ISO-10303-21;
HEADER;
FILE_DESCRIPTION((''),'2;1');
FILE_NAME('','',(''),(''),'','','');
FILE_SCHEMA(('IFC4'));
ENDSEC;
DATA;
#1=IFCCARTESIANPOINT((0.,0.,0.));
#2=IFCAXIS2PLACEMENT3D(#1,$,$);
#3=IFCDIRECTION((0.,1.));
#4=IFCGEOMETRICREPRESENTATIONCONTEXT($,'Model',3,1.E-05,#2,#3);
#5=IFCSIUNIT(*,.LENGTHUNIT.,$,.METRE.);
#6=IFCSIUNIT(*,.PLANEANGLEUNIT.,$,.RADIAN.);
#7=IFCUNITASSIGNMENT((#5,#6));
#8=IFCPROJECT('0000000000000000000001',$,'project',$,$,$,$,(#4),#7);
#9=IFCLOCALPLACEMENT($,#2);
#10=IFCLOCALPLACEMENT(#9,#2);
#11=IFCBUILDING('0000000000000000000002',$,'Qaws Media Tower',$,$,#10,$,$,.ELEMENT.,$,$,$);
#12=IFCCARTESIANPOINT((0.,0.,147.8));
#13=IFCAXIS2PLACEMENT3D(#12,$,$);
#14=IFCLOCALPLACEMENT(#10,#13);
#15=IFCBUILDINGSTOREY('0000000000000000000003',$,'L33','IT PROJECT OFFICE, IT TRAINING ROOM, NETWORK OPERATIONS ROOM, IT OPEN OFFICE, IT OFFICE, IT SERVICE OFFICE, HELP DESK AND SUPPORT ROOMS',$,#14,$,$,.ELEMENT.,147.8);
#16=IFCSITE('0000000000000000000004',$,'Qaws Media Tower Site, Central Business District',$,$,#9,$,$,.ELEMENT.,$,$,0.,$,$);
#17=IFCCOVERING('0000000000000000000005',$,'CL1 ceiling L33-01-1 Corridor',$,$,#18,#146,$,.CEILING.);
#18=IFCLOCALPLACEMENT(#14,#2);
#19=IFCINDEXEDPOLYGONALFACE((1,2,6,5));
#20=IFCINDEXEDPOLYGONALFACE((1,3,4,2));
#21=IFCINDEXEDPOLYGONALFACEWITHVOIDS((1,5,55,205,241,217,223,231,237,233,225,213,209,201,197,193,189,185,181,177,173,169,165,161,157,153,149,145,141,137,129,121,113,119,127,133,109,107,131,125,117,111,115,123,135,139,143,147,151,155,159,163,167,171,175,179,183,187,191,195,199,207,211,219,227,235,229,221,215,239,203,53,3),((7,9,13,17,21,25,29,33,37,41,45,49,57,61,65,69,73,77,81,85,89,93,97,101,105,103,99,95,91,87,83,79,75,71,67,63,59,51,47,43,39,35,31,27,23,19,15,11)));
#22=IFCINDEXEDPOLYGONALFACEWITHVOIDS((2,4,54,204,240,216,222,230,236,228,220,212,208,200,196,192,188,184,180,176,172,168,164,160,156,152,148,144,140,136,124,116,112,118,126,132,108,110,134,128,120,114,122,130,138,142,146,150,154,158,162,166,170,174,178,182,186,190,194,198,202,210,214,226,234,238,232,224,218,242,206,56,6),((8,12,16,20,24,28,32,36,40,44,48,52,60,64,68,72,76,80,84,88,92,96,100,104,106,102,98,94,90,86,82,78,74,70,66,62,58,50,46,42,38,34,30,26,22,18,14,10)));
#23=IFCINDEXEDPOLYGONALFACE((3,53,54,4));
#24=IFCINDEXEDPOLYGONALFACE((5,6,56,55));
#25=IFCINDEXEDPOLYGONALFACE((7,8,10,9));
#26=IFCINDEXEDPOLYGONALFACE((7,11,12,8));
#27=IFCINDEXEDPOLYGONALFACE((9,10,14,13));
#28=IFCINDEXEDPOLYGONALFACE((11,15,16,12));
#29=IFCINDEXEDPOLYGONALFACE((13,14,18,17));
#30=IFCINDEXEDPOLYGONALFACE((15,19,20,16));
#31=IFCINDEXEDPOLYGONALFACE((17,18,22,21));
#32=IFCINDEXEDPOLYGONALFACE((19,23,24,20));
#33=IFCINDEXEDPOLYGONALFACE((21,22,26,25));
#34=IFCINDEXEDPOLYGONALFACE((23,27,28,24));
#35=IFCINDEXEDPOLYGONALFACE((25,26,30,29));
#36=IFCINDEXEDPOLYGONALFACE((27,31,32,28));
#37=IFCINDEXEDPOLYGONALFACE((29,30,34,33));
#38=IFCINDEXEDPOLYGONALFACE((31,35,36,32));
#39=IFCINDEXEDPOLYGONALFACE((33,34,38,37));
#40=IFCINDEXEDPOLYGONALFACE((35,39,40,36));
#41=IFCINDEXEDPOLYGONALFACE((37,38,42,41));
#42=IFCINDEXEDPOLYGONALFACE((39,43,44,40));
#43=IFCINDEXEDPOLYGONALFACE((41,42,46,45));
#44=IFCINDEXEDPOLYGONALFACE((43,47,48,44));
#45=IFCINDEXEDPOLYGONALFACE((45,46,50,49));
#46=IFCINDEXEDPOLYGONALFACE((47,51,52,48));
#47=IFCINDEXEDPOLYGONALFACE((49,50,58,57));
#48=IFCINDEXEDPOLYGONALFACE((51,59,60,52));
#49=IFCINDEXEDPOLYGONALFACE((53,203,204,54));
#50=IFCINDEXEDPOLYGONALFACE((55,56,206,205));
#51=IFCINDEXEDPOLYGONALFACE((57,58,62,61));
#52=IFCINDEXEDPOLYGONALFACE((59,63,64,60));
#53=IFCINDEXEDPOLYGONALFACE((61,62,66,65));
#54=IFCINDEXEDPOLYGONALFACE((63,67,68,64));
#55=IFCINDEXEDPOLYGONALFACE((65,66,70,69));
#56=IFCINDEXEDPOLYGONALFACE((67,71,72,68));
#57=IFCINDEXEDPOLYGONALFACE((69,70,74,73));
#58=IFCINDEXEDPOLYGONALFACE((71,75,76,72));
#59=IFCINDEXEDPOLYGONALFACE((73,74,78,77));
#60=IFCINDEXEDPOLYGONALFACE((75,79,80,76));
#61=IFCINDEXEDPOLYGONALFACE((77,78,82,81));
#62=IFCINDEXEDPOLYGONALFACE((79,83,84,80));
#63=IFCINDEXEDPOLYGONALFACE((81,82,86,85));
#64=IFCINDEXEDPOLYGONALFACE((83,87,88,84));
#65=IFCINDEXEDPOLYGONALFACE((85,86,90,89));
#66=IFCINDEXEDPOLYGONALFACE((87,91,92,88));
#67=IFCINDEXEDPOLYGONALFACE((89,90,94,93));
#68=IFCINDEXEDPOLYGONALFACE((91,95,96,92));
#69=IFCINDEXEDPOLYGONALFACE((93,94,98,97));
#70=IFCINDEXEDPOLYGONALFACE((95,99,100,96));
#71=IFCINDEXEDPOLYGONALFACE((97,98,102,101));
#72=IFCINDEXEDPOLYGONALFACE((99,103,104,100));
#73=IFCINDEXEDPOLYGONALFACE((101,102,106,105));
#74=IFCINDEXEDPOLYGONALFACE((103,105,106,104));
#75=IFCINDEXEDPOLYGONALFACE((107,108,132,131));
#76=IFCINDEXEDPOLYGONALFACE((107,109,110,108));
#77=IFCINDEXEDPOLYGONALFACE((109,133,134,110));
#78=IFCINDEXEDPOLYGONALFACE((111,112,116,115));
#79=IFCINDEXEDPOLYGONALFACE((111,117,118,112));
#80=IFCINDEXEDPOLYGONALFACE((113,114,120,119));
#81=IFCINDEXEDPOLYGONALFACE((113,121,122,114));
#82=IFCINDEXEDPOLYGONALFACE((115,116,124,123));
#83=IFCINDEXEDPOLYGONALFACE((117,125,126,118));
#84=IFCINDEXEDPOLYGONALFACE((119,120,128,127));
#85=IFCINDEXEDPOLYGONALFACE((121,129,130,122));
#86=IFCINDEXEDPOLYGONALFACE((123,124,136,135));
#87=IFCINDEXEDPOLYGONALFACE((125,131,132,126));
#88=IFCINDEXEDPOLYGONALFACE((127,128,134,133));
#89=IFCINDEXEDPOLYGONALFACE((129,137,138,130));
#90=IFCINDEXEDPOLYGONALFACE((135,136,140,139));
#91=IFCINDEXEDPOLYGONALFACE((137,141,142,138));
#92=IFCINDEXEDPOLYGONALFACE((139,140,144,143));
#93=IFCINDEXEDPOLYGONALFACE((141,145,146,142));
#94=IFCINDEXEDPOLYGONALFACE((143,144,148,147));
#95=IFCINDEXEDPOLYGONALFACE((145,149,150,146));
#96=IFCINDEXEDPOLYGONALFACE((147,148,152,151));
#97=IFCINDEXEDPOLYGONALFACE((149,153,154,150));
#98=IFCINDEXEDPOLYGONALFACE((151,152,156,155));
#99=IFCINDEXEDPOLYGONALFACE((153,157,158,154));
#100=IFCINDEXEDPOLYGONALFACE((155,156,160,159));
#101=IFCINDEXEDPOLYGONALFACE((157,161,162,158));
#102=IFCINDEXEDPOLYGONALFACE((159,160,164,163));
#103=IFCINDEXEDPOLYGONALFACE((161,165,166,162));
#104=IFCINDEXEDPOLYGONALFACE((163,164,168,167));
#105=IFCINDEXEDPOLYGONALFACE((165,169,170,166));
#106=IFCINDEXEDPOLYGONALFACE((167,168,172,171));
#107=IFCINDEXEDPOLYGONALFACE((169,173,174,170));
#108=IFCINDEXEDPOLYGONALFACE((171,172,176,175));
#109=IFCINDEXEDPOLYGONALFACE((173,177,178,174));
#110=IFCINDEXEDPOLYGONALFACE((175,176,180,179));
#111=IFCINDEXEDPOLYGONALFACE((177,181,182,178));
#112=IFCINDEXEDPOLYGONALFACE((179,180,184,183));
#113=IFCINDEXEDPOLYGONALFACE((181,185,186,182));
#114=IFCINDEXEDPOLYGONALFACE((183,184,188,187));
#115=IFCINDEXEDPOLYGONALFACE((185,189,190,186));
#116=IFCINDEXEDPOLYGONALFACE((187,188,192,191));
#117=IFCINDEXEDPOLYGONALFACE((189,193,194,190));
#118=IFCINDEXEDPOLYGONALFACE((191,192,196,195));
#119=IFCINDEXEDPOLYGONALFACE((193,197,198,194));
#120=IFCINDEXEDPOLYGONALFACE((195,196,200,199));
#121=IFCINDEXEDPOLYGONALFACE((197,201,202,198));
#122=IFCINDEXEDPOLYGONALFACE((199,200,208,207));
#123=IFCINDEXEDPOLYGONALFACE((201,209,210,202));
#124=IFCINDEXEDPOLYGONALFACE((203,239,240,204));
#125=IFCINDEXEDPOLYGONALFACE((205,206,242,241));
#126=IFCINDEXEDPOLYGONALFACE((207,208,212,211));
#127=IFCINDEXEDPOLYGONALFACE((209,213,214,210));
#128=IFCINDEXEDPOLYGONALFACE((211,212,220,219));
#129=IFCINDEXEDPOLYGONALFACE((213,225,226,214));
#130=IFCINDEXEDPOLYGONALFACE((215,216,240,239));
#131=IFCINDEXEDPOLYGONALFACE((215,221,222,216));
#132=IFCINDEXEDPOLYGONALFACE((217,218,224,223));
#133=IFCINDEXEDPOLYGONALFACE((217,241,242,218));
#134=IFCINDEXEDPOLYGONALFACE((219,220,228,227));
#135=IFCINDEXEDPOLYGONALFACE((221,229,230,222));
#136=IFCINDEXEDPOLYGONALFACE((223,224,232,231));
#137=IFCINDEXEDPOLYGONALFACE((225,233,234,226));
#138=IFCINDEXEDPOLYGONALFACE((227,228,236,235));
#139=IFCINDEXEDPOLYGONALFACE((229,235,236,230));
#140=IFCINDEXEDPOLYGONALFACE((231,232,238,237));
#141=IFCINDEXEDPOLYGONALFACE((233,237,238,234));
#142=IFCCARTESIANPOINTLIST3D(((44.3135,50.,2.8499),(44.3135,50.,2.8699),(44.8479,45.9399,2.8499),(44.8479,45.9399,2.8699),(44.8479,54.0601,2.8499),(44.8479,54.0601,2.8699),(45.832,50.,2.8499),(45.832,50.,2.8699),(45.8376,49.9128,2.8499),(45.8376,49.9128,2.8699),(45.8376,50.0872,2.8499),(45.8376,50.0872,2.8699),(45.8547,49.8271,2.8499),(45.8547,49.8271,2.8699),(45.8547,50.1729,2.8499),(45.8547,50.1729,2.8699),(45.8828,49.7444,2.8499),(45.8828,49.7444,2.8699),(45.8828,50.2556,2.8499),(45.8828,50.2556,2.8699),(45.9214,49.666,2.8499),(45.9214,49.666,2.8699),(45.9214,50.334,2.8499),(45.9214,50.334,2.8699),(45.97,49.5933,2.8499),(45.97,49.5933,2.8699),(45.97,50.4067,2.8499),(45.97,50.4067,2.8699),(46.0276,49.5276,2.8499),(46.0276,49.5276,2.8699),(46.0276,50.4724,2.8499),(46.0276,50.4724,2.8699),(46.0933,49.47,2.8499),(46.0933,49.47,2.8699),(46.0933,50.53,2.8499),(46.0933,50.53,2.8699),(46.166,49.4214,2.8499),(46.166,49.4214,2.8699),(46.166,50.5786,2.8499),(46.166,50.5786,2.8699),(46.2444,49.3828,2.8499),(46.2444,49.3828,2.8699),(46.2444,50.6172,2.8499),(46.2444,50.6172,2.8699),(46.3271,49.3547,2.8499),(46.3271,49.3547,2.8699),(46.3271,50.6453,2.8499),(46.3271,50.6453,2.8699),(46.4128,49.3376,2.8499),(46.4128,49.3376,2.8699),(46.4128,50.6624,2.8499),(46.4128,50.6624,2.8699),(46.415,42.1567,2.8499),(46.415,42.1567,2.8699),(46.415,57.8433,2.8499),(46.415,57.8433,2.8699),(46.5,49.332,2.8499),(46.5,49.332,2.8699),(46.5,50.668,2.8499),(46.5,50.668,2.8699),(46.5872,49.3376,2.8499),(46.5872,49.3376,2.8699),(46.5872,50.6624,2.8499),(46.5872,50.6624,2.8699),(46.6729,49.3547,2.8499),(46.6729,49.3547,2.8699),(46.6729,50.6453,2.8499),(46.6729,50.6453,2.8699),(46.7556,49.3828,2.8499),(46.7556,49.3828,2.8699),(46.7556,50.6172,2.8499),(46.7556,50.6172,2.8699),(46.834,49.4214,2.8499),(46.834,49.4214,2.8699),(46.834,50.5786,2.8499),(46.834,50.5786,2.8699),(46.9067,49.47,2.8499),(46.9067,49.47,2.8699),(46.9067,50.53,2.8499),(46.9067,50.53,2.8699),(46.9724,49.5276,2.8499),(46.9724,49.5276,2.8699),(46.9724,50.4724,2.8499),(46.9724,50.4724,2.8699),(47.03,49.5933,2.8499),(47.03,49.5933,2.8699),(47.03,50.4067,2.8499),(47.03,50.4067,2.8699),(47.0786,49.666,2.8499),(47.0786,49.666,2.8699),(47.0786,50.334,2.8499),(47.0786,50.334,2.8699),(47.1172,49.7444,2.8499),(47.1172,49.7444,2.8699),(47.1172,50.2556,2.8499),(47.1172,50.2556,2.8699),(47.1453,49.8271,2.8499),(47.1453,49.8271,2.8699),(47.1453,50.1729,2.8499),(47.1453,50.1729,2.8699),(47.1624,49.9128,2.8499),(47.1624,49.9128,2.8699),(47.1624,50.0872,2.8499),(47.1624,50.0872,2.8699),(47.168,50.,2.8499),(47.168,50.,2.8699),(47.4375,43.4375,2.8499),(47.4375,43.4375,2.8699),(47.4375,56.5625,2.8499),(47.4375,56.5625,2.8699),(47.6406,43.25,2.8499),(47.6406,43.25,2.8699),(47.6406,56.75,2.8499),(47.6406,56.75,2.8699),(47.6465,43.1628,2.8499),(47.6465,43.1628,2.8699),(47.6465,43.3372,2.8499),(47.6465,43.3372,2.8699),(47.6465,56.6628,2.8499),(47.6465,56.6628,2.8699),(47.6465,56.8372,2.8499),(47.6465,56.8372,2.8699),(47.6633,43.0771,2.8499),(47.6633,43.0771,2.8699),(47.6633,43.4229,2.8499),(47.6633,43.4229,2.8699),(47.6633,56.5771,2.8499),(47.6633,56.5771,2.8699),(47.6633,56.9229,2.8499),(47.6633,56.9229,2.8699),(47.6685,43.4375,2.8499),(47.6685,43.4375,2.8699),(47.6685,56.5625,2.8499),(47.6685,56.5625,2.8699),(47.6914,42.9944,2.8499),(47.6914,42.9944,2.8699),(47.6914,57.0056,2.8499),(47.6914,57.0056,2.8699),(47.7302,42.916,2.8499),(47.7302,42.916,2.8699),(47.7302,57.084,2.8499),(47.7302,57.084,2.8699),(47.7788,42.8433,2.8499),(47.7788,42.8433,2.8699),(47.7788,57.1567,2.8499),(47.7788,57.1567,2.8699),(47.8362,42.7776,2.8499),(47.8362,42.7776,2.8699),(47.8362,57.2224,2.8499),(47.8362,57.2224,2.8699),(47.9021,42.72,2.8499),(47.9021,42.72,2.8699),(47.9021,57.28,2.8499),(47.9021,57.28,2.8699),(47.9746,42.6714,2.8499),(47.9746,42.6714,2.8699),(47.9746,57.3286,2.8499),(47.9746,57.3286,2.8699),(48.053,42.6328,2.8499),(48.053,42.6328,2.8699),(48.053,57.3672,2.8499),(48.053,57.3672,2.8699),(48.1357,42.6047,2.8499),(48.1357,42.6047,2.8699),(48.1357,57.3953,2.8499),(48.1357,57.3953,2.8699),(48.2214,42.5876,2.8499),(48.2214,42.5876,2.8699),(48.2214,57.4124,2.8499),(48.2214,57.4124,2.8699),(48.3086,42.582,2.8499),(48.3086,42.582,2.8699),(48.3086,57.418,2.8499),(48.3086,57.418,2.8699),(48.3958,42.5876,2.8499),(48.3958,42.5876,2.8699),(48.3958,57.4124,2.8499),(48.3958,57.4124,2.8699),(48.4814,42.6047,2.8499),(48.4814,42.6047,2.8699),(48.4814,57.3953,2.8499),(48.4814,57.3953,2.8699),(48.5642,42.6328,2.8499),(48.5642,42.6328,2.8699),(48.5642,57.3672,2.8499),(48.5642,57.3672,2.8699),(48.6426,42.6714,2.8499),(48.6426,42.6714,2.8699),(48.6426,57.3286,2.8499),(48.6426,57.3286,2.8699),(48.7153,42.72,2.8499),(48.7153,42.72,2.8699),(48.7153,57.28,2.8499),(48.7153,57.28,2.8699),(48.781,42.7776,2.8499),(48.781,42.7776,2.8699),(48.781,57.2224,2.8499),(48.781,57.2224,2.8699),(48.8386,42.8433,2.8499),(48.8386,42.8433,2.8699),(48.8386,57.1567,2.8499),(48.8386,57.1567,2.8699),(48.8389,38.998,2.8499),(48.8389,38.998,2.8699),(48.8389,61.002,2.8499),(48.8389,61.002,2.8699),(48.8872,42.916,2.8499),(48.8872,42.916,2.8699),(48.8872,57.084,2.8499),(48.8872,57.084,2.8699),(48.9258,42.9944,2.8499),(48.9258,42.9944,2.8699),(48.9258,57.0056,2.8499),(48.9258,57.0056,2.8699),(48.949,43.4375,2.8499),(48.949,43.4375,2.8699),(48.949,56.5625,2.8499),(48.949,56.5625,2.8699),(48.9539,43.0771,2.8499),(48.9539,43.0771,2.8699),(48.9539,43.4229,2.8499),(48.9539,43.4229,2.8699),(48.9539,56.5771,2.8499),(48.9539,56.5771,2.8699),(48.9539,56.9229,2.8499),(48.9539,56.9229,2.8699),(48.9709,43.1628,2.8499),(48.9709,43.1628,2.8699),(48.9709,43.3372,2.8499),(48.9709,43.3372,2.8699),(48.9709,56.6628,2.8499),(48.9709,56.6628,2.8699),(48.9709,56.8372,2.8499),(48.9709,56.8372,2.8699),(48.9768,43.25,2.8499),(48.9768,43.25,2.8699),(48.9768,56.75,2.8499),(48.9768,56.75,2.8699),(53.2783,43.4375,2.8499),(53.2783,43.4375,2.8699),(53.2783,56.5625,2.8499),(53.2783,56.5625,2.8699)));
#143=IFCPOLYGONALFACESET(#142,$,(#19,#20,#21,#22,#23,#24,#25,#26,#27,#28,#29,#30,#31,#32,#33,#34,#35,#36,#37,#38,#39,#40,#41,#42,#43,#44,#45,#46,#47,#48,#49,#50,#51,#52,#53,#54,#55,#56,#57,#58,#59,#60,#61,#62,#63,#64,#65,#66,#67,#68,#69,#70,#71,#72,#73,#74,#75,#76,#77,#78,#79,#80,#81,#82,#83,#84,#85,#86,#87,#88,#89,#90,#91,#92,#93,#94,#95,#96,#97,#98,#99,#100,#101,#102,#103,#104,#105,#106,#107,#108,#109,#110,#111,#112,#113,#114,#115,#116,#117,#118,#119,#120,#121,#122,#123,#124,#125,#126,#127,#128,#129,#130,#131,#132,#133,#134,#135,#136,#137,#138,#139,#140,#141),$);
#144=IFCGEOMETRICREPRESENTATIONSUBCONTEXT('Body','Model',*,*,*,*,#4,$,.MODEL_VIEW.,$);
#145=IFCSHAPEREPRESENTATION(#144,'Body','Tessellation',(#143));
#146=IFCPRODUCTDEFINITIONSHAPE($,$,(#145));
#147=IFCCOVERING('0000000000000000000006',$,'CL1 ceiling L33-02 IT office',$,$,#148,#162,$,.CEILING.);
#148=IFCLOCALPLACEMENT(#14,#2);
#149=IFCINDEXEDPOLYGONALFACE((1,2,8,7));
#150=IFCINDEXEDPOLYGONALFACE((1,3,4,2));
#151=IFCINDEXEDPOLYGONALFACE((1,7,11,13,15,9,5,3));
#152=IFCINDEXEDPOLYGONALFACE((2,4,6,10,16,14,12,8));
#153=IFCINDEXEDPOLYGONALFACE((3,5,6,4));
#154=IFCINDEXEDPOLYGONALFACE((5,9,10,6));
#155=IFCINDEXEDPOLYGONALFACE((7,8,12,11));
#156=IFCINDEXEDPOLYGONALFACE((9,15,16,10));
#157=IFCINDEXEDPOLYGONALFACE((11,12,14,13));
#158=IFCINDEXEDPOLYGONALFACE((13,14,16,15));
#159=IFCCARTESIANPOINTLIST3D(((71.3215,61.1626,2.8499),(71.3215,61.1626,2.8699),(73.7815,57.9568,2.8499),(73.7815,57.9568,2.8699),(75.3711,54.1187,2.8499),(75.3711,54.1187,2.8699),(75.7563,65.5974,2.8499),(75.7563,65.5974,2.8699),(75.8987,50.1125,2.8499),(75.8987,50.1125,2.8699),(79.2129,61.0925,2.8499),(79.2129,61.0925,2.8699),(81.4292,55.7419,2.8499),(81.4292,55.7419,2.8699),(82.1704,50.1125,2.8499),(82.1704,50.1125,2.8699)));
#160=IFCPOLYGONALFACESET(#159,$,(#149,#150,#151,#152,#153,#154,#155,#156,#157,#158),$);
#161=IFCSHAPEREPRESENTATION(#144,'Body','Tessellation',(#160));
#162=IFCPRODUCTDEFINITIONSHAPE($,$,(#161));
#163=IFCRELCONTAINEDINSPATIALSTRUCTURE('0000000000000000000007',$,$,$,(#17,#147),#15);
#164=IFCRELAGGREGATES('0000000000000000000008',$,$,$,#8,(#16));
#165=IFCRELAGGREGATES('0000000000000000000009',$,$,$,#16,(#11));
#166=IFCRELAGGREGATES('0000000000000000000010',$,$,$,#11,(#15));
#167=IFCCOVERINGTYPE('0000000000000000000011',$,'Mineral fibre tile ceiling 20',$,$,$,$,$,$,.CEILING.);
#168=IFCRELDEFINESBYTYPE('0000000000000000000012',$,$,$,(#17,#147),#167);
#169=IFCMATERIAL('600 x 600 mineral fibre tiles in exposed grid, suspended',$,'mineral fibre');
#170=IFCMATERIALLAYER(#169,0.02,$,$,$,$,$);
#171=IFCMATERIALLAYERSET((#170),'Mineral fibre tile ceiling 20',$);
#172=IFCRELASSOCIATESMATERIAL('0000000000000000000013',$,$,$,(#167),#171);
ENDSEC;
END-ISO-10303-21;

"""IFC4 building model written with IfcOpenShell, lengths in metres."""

from ifc_helpers import new_model, si_unit, direction, frame, origin, place, context, subcontext, project, spatial, polyline, outline, extrude, material, layer, layer_set, type_object, element, save


model = new_model("IFC4")

# Units and contexts
model_context = context("Model", 3, precision=1e-05, world=origin(), true_north=direction((0.0, 1.0)))
body_context = subcontext(model_context, "Body", "Model", "MODEL_VIEW")
ifc_project = project(units=[si_unit("LENGTHUNIT", "METRE"), si_unit("PLANEANGLEUNIT", "RADIAN")], contexts=[model_context])

# Site, building, storey
site_placement = place(None, origin())
site = spatial("IfcSite", under=ifc_project, at=site_placement, Name="Qaws Media Tower Site, Central Business District", CompositionType="ELEMENT", RefElevation=0.0)
building_placement = place(site_placement, origin())
building = spatial("IfcBuilding", under=site, at=building_placement, Name="Qaws Media Tower", CompositionType="ELEMENT")
storey_placement = place(building_placement, frame((0.0, 0.0, 147.8)))
storey = spatial("IfcBuildingStorey", under=building, at=storey_placement, Name="L33", Description="IT PROJECT OFFICE, IT TRAINING ROOM, NETWORK OPERATIONS ROOM, IT OPEN OFFICE, IT OFFICE, IT SERVICE OFFICE, HELP DESK AND SUPPORT ROOMS", CompositionType="ELEMENT", Elevation=147.8)

# Coverings
ifc_material_1 = material(Name="600 x 600 mineral fibre tiles in exposed grid, suspended", Category="mineral fibre")
ifc_layer_1 = layer(ifc_material_1, 0.02)
ifc_layer_set_1 = layer_set([ifc_layer_1], Name="Mineral fibre tile ceiling 20")
covering_type_1 = type_object("IfcCoveringType", Name="Mineral fibre tile ceiling 20", PredefinedType="CEILING", material=ifc_layer_set_1)
covering_1_placement = place(storey_placement, frame((0.0, 0.0, 2.8499)))
element("IfcCovering", 1, at=covering_1_placement, inside=storey, type_object=covering_type_1, Name="CL1 ceiling L33-01-1 Corridor", PredefinedType="CEILING", context=body_context, shape_type="SweptSolid", body=[
    extrude(outline(polyline([(44.3135, 50.0), (44.8479, 54.0601), (46.415, 57.8433), (48.8389, 61.002), (53.2783, 56.5625), (48.949, 56.5625), (48.9539, 56.5771), (48.9709, 56.6628), (48.9768, 56.75), (48.9709, 56.8372), (48.9539, 56.9229), (48.9258, 57.0056), (48.8872, 57.084), (48.8386, 57.1567), (48.781, 57.2224), (48.7153, 57.28), (48.6426, 57.3286), (48.5642, 57.3672), (48.4814, 57.3953), (48.3958, 57.4124), (48.3086, 57.418), (48.2214, 57.4124), (48.1357, 57.3953), (48.053, 57.3672), (47.9746, 57.3286), (47.9021, 57.28), (47.8362, 57.2224), (47.7788, 57.1567), (47.7302, 57.084), (47.6914, 57.0056), (47.6633, 56.9229), (47.6465, 56.8372), (47.6406, 56.75), (47.6465, 56.6628), (47.6633, 56.5771), (47.6685, 56.5625), (47.4375, 56.5625), (47.4375, 43.4375), (47.6685, 43.4375), (47.6633, 43.4229), (47.6465, 43.3372), (47.6406, 43.25), (47.6465, 43.1628), (47.6633, 43.0771), (47.6914, 42.9944), (47.7302, 42.916), (47.7788, 42.8433), (47.8362, 42.7776), (47.9021, 42.72), (47.9746, 42.6714), (48.053, 42.6328), (48.1357, 42.6047), (48.2214, 42.5876), (48.3086, 42.582), (48.3958, 42.5876), (48.4814, 42.6047), (48.5642, 42.6328), (48.6426, 42.6714), (48.7153, 42.72), (48.781, 42.7776), (48.8386, 42.8433), (48.8872, 42.916), (48.9258, 42.9944), (48.9539, 43.0771), (48.9709, 43.1628), (48.9768, 43.25), (48.9709, 43.3372), (48.9539, 43.4229), (48.949, 43.4375), (53.2783, 43.4375), (48.8389, 38.998), (46.415, 42.1567), (44.8479, 45.9399), (44.3135, 50.0)]), holes=[polyline([(47.1172, 49.7444), (47.1453, 49.8271), (47.1624, 49.9128), (47.168, 50.0), (47.1624, 50.0872), (47.1453, 50.1729), (47.1172, 50.2556), (47.0786, 50.334), (47.03, 50.4067), (46.9724, 50.4724), (46.9067, 50.53), (46.834, 50.5786), (46.7556, 50.6172), (46.6729, 50.6453), (46.5872, 50.6624), (46.5, 50.668), (46.4128, 50.6624), (46.3271, 50.6453), (46.2444, 50.6172), (46.166, 50.5786), (46.0933, 50.53), (46.0276, 50.4724), (45.97, 50.4067), (45.9214, 50.334), (45.8828, 50.2556), (45.8547, 50.1729), (45.8376, 50.0872), (45.832, 50.0), (45.8376, 49.9128), (45.8547, 49.8271), (45.8828, 49.7444), (45.9214, 49.666), (45.97, 49.5933), (46.0276, 49.5276), (46.0933, 49.47), (46.166, 49.4214), (46.2444, 49.3828), (46.3271, 49.3547), (46.4128, 49.3376), (46.5, 49.332), (46.5872, 49.3376), (46.6729, 49.3547), (46.7556, 49.3828), (46.834, 49.4214), (46.9067, 49.47), (46.9724, 49.5276), (47.03, 49.5933), (47.0786, 49.666), (47.1172, 49.7444)])]), origin(), (0.0, 0.0, 1.0), 0.02),
])
covering_2_placement = place(storey_placement, frame((0.0, 0.0, 2.8499)))
element("IfcCovering", 2, at=covering_2_placement, inside=storey, type_object=covering_type_1, Name="CL1 ceiling L33-02 IT office", PredefinedType="CEILING", context=body_context, shape_type="SweptSolid", body=[
    extrude(outline(polyline([(79.2129, 61.0925), (81.4292, 55.7419), (82.1704, 50.1125), (75.8987, 50.1125), (75.3711, 54.1187), (73.7815, 57.9568), (71.3215, 61.1626), (75.7563, 65.5974), (79.2129, 61.0925)])), origin(), (0.0, 0.0, 1.0), 0.02),
])

save(model, "model.ifc")
